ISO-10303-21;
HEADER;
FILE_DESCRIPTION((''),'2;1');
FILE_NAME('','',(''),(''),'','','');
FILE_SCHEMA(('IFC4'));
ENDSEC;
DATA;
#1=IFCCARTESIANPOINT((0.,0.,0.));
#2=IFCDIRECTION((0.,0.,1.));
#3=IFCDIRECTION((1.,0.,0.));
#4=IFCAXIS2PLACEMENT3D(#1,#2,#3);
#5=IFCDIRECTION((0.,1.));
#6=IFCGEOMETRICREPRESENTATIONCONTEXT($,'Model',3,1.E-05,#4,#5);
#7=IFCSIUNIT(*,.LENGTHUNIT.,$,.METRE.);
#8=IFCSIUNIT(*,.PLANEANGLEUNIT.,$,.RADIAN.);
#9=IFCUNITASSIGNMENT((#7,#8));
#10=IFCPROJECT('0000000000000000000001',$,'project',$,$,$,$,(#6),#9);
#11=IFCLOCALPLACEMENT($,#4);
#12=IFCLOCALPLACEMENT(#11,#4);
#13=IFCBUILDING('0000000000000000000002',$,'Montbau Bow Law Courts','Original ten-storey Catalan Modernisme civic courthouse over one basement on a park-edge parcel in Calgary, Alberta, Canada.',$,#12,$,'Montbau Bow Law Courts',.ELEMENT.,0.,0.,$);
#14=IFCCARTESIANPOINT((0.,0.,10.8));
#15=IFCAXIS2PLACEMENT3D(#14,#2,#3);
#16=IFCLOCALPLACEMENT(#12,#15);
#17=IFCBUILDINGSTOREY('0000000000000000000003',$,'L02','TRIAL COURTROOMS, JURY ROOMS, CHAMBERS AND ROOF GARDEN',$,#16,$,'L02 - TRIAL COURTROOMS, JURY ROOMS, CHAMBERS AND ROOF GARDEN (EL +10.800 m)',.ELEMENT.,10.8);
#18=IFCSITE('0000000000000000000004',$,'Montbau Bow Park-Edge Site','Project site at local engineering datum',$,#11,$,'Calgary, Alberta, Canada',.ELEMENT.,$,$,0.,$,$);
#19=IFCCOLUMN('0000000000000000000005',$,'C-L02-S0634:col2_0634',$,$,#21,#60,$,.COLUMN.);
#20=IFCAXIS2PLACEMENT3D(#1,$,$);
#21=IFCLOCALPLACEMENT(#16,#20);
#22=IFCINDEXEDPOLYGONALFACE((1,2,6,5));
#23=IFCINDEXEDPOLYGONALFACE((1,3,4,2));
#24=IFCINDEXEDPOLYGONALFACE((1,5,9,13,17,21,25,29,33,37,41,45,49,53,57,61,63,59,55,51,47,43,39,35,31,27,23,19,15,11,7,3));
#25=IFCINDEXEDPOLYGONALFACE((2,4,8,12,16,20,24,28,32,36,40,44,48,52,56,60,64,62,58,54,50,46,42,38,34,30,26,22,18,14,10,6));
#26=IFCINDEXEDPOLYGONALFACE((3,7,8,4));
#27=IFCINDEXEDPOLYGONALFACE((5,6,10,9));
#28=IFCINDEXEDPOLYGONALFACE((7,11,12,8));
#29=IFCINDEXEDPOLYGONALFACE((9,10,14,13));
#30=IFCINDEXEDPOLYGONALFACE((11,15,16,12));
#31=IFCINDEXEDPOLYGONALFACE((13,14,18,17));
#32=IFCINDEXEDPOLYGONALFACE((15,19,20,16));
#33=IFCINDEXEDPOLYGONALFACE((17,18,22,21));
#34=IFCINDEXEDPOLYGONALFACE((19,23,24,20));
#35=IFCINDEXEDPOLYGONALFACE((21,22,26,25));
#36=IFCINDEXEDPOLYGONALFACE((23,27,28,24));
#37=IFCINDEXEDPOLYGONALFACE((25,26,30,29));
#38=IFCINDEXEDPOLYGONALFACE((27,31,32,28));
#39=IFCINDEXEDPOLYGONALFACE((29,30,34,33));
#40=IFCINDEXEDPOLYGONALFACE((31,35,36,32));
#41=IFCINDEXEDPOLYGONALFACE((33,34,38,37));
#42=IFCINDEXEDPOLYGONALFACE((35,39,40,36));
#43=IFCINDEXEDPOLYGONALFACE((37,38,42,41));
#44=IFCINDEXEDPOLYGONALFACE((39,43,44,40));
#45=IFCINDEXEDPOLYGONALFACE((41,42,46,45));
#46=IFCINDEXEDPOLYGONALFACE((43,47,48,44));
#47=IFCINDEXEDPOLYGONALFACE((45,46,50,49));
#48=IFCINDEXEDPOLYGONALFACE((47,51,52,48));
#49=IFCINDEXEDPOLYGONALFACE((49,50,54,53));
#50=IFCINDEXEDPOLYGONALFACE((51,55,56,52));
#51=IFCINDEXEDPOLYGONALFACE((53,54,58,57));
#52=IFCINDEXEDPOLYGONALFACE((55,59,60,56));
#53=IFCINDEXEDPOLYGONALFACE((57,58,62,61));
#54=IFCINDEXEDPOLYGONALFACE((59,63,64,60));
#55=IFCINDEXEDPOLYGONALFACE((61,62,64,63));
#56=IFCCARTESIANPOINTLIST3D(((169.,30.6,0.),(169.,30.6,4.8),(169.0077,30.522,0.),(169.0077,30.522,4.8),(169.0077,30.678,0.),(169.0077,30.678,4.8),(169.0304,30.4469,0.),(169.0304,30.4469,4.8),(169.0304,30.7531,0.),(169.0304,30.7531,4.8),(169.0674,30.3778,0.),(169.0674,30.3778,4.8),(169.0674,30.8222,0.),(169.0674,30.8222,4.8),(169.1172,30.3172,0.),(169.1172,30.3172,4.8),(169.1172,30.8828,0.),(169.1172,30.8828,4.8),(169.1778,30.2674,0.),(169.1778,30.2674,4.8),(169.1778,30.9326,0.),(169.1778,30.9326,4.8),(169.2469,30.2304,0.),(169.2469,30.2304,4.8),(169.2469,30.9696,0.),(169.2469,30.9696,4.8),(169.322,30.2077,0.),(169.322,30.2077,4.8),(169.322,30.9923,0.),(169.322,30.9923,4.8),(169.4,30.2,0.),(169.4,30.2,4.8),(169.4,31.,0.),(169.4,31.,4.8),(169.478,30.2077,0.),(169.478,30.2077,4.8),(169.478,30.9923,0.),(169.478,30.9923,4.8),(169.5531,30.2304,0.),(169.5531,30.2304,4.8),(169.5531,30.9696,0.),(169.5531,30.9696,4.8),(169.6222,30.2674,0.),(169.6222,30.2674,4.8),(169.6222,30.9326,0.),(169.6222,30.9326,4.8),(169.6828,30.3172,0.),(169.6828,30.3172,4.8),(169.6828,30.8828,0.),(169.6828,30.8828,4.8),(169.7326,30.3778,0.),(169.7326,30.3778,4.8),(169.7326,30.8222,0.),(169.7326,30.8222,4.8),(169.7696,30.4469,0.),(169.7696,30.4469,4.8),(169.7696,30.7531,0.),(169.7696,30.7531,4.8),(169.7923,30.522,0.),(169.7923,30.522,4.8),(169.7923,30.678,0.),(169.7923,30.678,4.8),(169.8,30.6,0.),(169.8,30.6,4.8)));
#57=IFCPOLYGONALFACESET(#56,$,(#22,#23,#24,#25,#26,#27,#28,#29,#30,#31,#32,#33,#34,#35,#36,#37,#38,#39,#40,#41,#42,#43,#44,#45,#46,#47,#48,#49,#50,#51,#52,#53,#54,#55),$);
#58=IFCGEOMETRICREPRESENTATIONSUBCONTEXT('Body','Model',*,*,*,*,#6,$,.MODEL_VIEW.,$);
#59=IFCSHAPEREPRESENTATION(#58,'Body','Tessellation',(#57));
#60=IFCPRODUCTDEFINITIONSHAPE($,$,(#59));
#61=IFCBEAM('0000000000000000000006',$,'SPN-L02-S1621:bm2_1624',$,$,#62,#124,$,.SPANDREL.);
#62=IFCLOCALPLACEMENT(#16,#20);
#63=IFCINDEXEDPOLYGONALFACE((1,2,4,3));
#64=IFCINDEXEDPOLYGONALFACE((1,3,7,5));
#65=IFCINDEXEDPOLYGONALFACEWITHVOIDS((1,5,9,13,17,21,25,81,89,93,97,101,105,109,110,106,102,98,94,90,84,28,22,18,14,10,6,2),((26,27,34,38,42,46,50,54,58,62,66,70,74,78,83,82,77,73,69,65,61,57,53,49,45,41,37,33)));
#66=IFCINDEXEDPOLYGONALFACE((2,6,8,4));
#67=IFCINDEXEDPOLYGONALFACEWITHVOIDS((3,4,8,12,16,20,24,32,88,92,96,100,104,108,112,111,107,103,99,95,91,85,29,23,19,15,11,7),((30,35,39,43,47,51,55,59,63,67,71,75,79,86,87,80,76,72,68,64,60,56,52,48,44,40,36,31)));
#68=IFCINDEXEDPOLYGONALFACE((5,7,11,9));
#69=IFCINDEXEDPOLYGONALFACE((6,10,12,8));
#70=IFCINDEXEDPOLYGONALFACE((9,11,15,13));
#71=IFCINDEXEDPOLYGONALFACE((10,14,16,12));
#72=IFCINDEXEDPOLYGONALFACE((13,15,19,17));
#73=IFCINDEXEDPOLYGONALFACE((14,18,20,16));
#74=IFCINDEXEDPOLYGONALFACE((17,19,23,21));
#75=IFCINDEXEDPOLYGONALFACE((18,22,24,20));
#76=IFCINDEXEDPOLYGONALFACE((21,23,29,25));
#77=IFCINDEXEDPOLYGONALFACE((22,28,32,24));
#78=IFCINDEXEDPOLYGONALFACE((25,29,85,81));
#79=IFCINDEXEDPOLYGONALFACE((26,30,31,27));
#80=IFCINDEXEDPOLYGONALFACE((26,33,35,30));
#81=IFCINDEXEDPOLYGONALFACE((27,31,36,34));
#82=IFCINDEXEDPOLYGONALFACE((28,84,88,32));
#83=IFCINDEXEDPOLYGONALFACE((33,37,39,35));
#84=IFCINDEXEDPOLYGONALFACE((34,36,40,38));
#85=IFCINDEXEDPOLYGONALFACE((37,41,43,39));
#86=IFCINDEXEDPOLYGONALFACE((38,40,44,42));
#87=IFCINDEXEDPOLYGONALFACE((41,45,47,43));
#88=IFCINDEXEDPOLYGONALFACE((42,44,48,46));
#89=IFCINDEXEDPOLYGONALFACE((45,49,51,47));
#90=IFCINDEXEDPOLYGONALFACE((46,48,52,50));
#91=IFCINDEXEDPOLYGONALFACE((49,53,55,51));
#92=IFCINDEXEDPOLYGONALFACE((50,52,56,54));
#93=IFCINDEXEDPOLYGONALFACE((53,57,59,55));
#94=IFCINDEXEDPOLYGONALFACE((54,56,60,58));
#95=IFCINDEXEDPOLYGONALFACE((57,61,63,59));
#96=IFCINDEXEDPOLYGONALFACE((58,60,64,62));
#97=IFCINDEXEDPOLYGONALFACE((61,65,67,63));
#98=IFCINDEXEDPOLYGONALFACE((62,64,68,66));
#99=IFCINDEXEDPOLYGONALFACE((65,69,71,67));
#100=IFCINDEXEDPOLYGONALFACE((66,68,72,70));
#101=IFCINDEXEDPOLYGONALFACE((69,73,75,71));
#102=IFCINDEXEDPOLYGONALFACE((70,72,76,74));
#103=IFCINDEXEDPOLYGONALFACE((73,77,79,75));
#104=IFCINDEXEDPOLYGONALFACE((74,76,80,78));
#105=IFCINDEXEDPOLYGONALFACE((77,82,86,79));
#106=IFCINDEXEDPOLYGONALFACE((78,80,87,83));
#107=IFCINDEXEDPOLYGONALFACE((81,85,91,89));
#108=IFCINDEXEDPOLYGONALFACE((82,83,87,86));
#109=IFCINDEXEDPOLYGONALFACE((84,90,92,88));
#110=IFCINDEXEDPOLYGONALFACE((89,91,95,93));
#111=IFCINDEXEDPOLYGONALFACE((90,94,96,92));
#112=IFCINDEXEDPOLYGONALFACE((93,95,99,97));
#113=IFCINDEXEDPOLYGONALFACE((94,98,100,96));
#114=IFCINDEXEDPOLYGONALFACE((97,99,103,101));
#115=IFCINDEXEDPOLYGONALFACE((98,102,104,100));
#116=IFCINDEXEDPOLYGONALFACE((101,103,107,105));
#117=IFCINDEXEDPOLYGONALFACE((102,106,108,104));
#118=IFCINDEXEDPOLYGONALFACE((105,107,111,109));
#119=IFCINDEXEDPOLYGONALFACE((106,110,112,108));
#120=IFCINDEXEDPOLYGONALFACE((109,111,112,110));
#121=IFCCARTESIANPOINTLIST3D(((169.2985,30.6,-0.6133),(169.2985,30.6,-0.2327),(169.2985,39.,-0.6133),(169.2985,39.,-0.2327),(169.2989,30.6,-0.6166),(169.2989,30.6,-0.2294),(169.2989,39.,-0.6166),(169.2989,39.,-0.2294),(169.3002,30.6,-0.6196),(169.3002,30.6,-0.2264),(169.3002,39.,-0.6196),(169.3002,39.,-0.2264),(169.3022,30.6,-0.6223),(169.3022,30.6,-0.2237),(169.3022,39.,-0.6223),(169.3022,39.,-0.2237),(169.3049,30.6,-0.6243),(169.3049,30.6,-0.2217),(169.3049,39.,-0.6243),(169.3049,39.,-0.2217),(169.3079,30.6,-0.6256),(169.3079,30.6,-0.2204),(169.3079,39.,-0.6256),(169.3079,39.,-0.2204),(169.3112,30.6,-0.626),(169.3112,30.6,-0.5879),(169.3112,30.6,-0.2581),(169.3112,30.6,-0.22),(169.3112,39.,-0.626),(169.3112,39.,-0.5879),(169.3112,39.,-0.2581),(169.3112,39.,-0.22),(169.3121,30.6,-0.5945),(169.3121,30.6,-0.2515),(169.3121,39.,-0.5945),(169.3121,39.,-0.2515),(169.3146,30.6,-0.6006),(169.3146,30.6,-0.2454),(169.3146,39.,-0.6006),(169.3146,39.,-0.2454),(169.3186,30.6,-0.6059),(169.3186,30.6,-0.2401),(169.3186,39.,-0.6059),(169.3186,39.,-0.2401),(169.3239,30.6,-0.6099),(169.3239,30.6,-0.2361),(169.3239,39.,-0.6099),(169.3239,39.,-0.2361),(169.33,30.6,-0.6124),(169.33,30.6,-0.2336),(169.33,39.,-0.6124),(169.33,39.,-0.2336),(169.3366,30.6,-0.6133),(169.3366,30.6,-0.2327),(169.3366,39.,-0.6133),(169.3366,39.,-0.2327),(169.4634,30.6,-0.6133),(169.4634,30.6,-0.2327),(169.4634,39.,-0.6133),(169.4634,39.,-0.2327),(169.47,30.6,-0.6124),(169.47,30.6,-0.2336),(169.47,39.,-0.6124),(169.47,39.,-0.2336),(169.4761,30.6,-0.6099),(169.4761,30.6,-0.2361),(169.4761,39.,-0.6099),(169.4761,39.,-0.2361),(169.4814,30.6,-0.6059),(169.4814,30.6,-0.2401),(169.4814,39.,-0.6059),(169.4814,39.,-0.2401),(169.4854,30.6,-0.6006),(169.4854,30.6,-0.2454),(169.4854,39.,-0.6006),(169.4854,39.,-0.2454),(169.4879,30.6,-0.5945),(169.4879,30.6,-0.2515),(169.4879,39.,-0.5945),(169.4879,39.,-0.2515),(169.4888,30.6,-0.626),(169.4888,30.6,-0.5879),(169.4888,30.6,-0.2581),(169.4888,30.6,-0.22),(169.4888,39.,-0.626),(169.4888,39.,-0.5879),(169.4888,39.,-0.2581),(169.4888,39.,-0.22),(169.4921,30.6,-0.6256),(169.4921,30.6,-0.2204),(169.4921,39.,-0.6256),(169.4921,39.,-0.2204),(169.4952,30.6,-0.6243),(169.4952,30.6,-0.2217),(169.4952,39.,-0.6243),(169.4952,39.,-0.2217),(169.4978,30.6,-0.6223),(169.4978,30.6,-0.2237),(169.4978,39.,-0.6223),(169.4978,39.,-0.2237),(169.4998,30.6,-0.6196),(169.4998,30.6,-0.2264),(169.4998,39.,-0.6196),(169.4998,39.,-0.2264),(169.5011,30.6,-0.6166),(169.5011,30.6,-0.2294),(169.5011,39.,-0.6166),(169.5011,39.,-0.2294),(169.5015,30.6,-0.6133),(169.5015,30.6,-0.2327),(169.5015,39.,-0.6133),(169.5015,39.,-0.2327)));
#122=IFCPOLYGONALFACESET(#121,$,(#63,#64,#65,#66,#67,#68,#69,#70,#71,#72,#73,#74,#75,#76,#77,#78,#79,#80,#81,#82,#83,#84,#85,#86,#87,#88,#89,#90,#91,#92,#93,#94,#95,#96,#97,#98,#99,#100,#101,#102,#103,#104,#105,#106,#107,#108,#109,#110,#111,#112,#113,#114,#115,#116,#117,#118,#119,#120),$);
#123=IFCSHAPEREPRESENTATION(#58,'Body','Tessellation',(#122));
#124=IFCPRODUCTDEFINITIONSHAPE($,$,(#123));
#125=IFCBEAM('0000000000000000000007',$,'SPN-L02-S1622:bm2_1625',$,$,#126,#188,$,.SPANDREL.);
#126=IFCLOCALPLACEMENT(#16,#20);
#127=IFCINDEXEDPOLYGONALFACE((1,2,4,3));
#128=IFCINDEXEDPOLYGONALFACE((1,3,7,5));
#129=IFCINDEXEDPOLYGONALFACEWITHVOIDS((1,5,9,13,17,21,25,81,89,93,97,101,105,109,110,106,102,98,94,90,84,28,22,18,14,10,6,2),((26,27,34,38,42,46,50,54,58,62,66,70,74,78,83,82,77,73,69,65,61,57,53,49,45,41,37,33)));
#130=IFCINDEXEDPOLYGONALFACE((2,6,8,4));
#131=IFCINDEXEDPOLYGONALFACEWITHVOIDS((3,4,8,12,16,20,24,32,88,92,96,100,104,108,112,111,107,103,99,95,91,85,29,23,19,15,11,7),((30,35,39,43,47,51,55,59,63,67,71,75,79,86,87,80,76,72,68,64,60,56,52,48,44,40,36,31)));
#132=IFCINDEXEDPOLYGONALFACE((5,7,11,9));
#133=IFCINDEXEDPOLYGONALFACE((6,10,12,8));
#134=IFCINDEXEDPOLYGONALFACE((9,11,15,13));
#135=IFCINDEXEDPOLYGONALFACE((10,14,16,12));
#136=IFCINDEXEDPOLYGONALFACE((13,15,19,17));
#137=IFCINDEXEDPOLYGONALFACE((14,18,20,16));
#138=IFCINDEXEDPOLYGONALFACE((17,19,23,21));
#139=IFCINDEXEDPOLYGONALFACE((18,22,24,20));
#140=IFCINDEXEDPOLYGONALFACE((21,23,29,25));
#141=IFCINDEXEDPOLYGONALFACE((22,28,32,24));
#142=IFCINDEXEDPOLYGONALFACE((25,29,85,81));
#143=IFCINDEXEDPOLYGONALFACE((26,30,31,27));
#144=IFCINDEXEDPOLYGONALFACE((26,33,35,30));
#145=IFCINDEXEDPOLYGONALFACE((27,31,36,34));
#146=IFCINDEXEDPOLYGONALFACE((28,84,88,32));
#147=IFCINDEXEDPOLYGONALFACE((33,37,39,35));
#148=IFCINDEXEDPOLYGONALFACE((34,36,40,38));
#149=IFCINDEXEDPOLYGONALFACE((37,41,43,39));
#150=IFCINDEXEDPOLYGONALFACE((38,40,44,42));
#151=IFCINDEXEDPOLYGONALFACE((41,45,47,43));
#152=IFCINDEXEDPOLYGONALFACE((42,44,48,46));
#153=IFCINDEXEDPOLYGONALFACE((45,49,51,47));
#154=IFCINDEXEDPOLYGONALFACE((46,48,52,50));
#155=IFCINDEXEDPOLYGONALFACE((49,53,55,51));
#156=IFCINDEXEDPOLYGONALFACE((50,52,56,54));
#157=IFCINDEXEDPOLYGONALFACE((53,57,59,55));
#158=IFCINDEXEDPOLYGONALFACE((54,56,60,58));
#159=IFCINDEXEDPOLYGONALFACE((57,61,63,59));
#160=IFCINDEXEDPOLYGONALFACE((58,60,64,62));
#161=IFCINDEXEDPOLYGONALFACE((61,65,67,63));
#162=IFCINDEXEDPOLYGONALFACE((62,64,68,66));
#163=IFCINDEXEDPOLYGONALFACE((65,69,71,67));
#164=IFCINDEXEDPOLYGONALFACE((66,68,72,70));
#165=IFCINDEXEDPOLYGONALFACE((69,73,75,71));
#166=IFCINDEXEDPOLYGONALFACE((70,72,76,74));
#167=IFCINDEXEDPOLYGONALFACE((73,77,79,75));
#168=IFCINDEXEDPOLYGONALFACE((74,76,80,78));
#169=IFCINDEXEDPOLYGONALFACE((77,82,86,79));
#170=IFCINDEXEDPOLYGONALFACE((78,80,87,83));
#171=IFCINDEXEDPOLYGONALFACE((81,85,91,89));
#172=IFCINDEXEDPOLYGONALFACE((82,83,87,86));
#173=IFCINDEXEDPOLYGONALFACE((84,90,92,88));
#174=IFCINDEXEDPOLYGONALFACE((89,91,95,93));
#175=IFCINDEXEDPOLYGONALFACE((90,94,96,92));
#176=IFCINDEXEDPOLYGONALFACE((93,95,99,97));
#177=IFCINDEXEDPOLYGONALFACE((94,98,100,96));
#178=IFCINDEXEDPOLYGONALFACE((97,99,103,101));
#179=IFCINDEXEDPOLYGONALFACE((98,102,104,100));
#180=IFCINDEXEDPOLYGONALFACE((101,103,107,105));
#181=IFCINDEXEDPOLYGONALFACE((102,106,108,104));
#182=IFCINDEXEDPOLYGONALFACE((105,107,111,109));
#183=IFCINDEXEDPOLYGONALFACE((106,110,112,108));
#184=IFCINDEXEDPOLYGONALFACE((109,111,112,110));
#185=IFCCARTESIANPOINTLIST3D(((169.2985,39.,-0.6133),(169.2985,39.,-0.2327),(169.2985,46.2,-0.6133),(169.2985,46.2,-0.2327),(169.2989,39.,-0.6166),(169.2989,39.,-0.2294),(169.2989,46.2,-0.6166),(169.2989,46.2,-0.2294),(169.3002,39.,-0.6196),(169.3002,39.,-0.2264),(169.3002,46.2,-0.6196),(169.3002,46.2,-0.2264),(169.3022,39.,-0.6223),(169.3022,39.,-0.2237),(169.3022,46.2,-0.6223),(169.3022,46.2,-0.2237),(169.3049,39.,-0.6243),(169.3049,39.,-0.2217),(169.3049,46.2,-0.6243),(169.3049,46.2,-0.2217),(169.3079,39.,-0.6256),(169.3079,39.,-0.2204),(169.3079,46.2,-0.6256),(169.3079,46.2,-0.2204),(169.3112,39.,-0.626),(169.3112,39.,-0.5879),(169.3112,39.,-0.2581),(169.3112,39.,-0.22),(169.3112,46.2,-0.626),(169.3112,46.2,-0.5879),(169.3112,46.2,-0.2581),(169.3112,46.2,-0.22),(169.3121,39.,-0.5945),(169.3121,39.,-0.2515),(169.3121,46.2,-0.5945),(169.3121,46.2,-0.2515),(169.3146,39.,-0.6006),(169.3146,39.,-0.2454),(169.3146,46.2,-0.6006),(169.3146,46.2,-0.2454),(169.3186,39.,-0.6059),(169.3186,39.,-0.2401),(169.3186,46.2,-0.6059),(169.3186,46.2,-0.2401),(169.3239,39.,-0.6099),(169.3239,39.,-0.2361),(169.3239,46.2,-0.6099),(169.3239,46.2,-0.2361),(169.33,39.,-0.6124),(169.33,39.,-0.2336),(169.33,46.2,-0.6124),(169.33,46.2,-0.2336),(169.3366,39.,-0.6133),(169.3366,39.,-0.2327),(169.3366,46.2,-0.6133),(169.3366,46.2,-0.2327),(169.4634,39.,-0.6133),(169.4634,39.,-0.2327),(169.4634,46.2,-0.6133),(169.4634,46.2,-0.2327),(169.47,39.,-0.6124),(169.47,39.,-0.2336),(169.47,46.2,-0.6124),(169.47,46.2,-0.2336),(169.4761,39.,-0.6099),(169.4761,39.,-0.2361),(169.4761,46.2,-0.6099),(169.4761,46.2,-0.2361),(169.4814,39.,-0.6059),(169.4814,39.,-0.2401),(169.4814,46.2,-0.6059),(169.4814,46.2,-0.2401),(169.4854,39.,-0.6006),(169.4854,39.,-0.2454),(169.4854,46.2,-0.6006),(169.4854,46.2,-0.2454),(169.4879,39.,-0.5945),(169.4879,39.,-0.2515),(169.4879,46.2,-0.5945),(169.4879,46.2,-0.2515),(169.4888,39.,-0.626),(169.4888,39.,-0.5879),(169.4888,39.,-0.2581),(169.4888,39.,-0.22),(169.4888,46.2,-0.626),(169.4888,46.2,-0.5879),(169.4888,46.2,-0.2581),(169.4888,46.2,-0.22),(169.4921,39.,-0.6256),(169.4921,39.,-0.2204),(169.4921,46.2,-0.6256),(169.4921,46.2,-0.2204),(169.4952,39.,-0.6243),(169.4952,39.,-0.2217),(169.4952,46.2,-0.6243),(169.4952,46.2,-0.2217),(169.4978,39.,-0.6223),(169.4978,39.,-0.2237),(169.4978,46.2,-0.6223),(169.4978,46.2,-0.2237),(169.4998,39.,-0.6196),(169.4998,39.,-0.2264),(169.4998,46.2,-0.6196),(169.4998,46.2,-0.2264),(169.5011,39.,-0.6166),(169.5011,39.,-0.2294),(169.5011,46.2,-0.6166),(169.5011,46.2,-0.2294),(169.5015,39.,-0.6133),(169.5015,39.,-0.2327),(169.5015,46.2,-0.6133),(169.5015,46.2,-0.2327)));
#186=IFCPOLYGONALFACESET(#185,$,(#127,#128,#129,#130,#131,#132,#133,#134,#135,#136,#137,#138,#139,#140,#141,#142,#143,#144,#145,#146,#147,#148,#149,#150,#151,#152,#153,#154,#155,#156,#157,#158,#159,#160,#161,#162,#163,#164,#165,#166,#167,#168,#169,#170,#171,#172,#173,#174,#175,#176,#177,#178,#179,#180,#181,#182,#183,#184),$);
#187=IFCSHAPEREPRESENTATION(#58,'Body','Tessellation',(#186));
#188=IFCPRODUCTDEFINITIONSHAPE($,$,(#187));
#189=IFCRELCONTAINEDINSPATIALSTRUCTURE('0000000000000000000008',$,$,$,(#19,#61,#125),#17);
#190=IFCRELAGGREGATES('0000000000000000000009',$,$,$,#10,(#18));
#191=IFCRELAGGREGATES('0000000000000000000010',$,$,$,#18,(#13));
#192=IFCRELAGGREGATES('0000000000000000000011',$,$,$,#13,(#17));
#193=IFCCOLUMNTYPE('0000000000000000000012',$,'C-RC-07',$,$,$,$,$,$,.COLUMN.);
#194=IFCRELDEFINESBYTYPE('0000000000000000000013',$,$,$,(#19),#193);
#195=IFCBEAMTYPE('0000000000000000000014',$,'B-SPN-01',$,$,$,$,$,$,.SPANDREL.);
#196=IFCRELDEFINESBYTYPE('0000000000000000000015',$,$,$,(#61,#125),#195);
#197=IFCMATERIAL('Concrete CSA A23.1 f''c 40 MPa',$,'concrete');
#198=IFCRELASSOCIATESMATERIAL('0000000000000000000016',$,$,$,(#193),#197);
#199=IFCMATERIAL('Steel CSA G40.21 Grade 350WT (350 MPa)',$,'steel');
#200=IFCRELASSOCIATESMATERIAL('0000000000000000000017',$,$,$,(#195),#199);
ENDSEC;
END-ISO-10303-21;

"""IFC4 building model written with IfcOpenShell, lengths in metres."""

from ifc_helpers import new_model, si_unit, direction, frame, origin_with_axes, origin_2d_with_axis, place, context, subcontext, project, spatial, hollow_rectangle, circle, extrude, material, material_profile, profile_set, type_object, element, save


model = new_model("IFC4")

# Units and contexts
model_context = context("Model", 3, precision=1e-05, world=origin_with_axes(), true_north=direction((0.0, 1.0)))
body_context = subcontext(model_context, "Body", "Model", "MODEL_VIEW")
ifc_project = project(units=[si_unit("LENGTHUNIT", "METRE"), si_unit("PLANEANGLEUNIT", "RADIAN")], contexts=[model_context])

# Site, building, storey
site_placement = place(None, origin_with_axes())
site = spatial("IfcSite", under=ifc_project, at=site_placement, Name="Montbau Bow Park-Edge Site", Description="Project site at local engineering datum", LongName="Calgary, Alberta, Canada", CompositionType="ELEMENT", RefElevation=0.0)
building_placement = place(site_placement, origin_with_axes())
building = spatial("IfcBuilding", under=site, at=building_placement, Name="Montbau Bow Law Courts", Description="Original ten-storey Catalan Modernisme civic courthouse over one basement on a park-edge parcel in Calgary, Alberta, Canada.", LongName="Montbau Bow Law Courts", CompositionType="ELEMENT", ElevationOfRefHeight=0.0, ElevationOfTerrain=0.0)
storey_placement = place(building_placement, frame((0.0, 0.0, 10.8), z_axis=(0.0, 0.0, 1.0), x_axis=(1.0, 0.0, 0.0)))
storey = spatial("IfcBuildingStorey", under=building, at=storey_placement, Name="L02", Description="TRIAL COURTROOMS, JURY ROOMS, CHAMBERS AND ROOF GARDEN", LongName="L02 - TRIAL COURTROOMS, JURY ROOMS, CHAMBERS AND ROOF GARDEN (EL +10.800 m)", CompositionType="ELEMENT", Elevation=10.8)

# Column
ifc_material_1 = material(Name="Concrete CSA A23.1 f'c 40 MPa", Category="concrete")
ifc_material_profile_1 = material_profile(ifc_material_1, circle(Radius=0.4, at=origin_2d_with_axis()), Name="RC800D", Category="Main", Priority=0)
ifc_profile_set_1 = profile_set([ifc_material_profile_1], Name="Concrete CSA A23.1 f'c 40 MPa")
column_type = type_object("IfcColumnType", Name="C-RC-07", PredefinedType="COLUMN", material=ifc_profile_set_1)
column_placement = place(None, frame((169.4, 30.6, 10.8), z_axis=(0.0, 0.0, 1.0), x_axis=(1.0, 0.0, 0.0)))
element("IfcColumn", 1, at=column_placement, inside=storey, type_object=column_type, Name="C-L02-S0634:col2_0634", PredefinedType="COLUMN", context=body_context, shape_type="SweptSolid", body=[
    extrude(circle(Radius=0.4, at=origin_2d_with_axis()), origin_with_axes(), (0.0, 0.0, 1.0), 4.8),
])

# Beams
ifc_material_2 = material(Name="Steel CSA G40.21 Grade 350WT (350 MPa)", Category="steel")
ifc_material_profile_2 = material_profile(ifc_material_2, hollow_rectangle(XDim=0.203, YDim=0.406, WallThickness=0.0127, InnerFilletRadius=0.0254, OuterFilletRadius=0.0127, at=origin_2d_with_axis()), Name="HSS406X203X13", Category="Main", Priority=0)
ifc_profile_set_2 = profile_set([ifc_material_profile_2], Name="Steel CSA G40.21 Grade 350WT (350 MPa)")
beam_type = type_object("IfcBeamType", Name="B-SPN-01", PredefinedType="SPANDREL", material=ifc_profile_set_2)
beam_1_placement = place(None, frame((169.4, 30.6, 10.377), z_axis=(0.0, 1.0, 0.0), x_axis=(-1.0, 0.0, 0.0)))
element("IfcBeam", 2, at=beam_1_placement, inside=storey, type_object=beam_type, Name="SPN-L02-S1621:bm2_1624", PredefinedType="SPANDREL", context=body_context, shape_type="SweptSolid", body=[
    extrude(hollow_rectangle(XDim=0.203, YDim=0.406, WallThickness=0.0127, InnerFilletRadius=0.0254, OuterFilletRadius=0.0127, at=origin_2d_with_axis()), origin_with_axes(), (0.0, 0.0, 1.0), 8.4),
])
beam_2_placement = place(None, frame((169.4, 39.0, 10.377), z_axis=(0.0, 1.0, 0.0), x_axis=(-1.0, 0.0, 0.0)))
element("IfcBeam", 3, at=beam_2_placement, inside=storey, type_object=beam_type, Name="SPN-L02-S1622:bm2_1625", PredefinedType="SPANDREL", context=body_context, shape_type="SweptSolid", body=[
    extrude(hollow_rectangle(XDim=0.203, YDim=0.406, WallThickness=0.0127, InnerFilletRadius=0.0254, OuterFilletRadius=0.0127, at=origin_2d_with_axis()), origin_with_axes(), (0.0, 0.0, 1.0), 7.2),
])

save(model, "model.ifc")
